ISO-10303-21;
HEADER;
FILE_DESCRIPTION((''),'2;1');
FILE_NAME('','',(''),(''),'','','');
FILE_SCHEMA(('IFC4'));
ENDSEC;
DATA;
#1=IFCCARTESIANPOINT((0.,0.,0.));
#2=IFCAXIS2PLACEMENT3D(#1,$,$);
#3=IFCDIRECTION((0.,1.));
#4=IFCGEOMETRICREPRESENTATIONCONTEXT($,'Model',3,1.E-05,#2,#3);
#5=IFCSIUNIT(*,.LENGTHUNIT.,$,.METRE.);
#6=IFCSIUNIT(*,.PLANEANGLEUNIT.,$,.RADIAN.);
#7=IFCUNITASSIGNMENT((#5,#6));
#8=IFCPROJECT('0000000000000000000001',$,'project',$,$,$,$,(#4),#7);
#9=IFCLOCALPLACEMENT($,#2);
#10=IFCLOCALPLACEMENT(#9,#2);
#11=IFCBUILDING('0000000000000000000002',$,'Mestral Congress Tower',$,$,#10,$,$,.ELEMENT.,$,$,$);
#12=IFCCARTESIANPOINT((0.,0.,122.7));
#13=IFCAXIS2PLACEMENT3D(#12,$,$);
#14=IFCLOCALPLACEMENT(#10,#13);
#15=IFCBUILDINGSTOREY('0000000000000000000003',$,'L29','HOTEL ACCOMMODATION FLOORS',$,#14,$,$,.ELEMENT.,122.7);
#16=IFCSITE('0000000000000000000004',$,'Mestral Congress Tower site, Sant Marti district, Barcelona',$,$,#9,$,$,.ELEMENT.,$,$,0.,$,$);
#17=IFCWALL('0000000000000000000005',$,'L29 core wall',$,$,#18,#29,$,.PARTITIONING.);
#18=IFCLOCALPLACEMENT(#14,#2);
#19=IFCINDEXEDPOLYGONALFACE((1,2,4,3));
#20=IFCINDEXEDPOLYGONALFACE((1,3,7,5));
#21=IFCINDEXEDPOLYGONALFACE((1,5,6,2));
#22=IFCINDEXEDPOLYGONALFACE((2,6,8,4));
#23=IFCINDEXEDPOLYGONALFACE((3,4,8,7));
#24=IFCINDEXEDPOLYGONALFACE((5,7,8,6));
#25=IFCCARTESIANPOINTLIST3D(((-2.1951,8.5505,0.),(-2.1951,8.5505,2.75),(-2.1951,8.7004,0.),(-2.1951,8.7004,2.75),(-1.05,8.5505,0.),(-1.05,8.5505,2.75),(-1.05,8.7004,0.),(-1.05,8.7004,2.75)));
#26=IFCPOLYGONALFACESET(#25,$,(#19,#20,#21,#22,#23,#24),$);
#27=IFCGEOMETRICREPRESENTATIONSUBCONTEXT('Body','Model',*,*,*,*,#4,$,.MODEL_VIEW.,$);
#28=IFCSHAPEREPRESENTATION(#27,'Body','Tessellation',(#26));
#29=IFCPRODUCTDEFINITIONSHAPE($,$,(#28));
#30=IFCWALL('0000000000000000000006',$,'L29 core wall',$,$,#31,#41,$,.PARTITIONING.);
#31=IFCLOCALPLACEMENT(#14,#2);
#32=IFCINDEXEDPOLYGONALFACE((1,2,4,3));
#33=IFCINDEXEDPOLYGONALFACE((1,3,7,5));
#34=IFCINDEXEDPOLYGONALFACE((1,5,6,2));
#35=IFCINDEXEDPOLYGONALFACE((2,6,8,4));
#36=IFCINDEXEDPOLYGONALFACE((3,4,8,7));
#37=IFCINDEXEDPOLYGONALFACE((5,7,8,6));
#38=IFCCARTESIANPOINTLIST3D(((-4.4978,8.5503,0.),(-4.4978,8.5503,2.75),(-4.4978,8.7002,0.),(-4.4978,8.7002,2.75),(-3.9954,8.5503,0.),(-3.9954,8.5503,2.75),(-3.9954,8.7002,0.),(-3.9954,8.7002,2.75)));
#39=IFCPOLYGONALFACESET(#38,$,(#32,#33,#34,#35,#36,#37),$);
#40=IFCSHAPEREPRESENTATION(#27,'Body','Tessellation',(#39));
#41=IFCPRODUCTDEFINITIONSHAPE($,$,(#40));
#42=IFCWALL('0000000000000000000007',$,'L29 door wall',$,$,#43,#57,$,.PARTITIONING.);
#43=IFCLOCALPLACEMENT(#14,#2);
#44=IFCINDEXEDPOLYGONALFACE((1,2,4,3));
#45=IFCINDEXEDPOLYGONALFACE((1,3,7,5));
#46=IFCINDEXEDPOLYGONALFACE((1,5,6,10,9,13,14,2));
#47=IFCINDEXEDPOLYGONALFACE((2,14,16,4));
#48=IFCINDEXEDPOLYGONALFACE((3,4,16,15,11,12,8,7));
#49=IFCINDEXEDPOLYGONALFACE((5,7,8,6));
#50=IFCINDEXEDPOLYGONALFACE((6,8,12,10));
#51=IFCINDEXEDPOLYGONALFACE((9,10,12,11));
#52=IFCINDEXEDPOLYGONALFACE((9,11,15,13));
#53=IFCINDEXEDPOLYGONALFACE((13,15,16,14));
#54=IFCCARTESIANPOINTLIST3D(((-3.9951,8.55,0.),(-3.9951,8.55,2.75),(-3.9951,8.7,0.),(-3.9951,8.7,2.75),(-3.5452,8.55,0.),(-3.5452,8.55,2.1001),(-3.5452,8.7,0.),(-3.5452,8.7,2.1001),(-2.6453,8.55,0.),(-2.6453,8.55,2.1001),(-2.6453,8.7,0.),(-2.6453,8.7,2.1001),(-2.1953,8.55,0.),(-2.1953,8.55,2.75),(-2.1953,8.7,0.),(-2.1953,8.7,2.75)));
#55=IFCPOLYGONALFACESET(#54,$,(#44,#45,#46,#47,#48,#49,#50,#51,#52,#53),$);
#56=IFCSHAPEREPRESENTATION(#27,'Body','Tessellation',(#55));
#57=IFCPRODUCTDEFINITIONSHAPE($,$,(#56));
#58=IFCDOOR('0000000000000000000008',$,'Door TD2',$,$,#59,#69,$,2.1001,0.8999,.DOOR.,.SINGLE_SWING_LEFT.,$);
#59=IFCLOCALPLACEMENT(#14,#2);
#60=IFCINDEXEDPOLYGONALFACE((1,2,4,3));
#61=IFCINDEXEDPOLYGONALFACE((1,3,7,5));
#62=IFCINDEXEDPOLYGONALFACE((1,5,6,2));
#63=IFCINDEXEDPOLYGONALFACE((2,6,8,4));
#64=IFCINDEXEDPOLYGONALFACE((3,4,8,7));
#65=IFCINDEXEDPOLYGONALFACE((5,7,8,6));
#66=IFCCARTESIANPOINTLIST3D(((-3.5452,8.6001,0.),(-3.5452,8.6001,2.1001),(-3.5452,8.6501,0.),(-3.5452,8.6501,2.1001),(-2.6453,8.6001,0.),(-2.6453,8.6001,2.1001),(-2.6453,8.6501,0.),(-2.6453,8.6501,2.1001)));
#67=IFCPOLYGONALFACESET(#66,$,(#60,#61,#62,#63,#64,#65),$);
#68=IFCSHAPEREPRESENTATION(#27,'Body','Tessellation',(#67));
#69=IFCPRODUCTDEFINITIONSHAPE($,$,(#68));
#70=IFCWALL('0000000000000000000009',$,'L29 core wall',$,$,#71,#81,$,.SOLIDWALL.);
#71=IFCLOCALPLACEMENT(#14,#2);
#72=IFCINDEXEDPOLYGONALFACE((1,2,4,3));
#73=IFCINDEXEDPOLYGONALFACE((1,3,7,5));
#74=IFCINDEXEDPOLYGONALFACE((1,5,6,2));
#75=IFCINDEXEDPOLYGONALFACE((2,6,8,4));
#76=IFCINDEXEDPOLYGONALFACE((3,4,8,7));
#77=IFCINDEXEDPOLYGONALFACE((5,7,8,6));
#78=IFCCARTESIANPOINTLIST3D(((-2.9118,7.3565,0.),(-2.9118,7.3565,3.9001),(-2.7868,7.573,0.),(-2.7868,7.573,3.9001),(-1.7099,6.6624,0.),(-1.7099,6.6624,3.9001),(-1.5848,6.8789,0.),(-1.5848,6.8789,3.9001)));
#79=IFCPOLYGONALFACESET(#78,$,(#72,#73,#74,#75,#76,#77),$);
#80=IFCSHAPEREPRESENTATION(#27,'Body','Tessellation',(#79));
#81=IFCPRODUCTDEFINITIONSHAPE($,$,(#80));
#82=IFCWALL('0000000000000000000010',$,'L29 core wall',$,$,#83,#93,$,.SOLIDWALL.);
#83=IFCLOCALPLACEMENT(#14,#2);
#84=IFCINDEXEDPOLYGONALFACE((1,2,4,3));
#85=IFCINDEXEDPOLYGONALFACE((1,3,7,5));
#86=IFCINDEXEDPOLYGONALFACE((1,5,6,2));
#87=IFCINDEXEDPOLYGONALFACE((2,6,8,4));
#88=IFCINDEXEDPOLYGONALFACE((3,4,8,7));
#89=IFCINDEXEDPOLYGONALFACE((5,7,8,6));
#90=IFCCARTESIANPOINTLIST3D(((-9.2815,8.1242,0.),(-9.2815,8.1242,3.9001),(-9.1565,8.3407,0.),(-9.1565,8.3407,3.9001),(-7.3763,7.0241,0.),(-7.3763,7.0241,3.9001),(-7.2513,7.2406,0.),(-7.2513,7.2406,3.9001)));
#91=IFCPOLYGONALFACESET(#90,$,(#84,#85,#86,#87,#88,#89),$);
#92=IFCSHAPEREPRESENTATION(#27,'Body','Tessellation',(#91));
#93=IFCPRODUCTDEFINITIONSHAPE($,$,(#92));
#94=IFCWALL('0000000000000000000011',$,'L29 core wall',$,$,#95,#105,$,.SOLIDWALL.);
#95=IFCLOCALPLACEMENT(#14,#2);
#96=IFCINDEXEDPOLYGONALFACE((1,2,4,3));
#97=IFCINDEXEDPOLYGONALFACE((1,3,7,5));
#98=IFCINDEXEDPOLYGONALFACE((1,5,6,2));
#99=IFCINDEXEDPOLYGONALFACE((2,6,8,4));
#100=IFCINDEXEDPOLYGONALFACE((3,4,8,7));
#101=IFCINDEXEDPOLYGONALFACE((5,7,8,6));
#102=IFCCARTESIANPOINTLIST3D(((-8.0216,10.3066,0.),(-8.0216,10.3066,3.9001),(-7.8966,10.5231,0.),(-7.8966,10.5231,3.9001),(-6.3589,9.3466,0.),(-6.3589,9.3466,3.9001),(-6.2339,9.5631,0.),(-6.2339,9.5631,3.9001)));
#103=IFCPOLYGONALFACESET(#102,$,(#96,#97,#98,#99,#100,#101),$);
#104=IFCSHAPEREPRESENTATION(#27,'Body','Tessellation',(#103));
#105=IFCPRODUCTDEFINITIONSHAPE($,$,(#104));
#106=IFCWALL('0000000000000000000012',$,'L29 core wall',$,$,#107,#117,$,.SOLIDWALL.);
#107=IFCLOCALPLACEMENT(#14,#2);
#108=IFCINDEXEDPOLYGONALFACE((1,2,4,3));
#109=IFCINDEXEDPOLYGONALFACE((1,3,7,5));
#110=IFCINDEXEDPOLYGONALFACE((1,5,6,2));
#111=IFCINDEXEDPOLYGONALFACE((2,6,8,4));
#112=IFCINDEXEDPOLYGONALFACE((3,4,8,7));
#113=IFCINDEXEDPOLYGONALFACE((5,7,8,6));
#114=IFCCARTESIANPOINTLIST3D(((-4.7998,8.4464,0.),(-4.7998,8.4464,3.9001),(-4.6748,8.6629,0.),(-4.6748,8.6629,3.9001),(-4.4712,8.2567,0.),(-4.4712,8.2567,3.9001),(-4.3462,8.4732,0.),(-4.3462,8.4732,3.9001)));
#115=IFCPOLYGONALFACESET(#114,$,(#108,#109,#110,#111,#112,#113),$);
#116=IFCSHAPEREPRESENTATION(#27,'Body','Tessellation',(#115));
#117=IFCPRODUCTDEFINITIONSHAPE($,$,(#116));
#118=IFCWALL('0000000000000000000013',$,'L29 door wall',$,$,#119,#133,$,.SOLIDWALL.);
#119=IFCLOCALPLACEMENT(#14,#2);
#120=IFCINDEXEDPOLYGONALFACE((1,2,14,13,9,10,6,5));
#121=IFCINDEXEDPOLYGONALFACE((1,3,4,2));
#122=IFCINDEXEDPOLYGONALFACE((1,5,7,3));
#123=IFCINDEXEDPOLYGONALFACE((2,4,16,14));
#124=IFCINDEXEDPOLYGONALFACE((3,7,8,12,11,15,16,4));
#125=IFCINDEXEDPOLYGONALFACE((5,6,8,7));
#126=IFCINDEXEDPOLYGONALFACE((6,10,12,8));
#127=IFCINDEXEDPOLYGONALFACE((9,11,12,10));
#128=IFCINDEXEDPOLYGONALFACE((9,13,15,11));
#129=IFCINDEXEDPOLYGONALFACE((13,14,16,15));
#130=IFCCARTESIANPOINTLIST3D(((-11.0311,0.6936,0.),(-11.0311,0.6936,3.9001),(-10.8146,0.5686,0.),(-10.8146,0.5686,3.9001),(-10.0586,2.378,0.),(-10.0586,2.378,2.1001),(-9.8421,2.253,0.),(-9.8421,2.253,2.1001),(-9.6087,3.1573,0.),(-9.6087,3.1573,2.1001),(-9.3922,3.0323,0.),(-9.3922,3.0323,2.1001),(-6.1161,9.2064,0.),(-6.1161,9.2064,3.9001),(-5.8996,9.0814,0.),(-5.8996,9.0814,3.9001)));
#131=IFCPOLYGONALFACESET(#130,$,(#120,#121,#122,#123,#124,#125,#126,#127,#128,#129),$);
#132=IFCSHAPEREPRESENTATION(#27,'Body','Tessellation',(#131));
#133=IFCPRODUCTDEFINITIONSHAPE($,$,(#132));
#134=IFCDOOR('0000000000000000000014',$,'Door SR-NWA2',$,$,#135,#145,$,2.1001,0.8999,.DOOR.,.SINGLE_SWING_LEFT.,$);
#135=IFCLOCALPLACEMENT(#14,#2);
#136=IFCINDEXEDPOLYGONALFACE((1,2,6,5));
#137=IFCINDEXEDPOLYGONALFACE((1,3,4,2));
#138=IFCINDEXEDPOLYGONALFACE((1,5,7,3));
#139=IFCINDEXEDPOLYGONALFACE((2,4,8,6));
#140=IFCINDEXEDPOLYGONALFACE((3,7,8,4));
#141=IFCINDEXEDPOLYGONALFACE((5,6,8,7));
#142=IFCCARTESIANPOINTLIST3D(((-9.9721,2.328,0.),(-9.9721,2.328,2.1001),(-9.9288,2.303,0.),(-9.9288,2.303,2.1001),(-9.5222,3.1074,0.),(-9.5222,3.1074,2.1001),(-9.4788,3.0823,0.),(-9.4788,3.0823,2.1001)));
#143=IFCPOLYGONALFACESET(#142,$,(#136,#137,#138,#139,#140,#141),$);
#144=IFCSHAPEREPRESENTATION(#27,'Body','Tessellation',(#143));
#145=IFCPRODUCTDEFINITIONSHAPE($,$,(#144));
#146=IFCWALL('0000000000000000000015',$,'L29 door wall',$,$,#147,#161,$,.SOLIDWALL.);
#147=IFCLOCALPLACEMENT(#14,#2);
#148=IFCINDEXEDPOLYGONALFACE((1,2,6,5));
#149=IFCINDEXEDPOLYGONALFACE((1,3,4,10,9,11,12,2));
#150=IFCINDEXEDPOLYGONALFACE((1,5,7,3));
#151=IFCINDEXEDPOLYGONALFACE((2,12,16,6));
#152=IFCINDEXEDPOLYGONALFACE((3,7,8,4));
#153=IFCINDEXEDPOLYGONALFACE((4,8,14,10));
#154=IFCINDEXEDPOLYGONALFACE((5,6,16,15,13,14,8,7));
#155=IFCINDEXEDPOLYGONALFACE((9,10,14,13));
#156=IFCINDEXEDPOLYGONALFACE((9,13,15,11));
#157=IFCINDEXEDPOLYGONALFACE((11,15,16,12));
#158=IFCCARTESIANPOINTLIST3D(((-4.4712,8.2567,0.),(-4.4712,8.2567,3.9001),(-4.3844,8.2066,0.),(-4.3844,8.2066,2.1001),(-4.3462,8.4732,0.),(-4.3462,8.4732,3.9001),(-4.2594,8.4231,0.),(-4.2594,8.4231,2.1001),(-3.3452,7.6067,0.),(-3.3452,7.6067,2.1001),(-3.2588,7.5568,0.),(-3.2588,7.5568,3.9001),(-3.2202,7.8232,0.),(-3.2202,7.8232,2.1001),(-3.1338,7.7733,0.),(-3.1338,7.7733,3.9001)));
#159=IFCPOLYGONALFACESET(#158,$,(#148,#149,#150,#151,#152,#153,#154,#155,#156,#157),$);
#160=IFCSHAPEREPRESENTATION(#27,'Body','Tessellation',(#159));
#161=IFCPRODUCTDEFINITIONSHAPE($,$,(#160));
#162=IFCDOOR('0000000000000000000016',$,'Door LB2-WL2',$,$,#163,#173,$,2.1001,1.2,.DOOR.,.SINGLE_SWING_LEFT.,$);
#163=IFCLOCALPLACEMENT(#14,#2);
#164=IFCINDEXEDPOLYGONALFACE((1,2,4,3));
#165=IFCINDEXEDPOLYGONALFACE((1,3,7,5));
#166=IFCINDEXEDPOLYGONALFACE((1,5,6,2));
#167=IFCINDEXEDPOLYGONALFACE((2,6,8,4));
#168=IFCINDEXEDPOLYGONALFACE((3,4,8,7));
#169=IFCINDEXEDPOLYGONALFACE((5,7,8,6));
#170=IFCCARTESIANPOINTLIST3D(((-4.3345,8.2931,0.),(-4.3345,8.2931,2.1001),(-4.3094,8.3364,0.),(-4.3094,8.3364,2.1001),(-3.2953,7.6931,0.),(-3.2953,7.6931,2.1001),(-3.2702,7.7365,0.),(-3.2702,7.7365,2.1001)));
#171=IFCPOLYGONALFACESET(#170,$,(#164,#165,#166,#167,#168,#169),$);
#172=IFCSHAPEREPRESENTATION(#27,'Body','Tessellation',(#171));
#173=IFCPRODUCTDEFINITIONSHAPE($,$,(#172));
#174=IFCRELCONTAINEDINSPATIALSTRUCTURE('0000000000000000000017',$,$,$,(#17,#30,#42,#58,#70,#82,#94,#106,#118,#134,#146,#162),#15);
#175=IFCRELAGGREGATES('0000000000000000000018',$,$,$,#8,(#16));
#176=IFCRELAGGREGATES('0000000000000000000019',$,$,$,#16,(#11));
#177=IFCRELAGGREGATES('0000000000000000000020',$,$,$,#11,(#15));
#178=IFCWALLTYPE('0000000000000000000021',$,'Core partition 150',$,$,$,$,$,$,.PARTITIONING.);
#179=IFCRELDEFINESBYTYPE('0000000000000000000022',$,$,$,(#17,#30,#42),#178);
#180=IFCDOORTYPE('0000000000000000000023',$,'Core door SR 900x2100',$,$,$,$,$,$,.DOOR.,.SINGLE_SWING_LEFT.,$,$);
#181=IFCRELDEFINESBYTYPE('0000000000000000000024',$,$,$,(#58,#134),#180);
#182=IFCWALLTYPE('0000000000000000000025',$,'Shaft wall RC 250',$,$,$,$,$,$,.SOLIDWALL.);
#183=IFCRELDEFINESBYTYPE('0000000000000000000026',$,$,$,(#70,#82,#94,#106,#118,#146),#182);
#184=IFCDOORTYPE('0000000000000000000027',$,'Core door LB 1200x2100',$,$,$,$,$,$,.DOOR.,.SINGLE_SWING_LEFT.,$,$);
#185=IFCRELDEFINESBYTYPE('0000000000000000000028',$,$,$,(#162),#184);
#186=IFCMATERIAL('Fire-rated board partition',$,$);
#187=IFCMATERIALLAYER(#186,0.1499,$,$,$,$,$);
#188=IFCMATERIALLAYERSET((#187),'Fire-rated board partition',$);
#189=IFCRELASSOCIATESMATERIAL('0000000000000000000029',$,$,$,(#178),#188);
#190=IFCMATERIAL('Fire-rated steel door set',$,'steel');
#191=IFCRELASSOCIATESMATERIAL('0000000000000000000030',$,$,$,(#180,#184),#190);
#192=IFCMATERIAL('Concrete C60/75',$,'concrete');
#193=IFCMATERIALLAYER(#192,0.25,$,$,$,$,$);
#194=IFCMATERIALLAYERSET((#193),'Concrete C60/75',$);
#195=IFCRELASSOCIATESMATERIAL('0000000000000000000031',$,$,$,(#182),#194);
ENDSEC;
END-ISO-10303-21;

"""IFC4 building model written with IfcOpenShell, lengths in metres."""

from ifc_helpers import new_model, si_unit, direction, frame, frame_2d, origin, place, context, subcontext, project, spatial, rectangle, extrude, material, layer, layer_set, type_object, element, fill, save


model = new_model("IFC4")

# Units and contexts
model_context = context("Model", 3, precision=1e-05, world=origin(), true_north=direction((0.0, 1.0)))
body_context = subcontext(model_context, "Body", "Model", "MODEL_VIEW")
ifc_project = project(units=[si_unit("LENGTHUNIT", "METRE"), si_unit("PLANEANGLEUNIT", "RADIAN")], contexts=[model_context])

# Site, building, storey
site_placement = place(None, origin())
site = spatial("IfcSite", under=ifc_project, at=site_placement, Name="Mestral Congress Tower site, Sant Marti district, Barcelona", CompositionType="ELEMENT", RefElevation=0.0)
building_placement = place(site_placement, origin())
building = spatial("IfcBuilding", under=site, at=building_placement, Name="Mestral Congress Tower", CompositionType="ELEMENT")
storey_placement = place(building_placement, frame((0.0, 0.0, 122.7)))
storey = spatial("IfcBuildingStorey", under=building, at=storey_placement, Name="L29", Description="HOTEL ACCOMMODATION FLOORS", CompositionType="ELEMENT", Elevation=122.7)

# Walls
ifc_material_1 = material(Name="Fire-rated board partition")
ifc_layer_1 = layer(ifc_material_1, 0.1499)
ifc_layer_set_1 = layer_set([ifc_layer_1], Name="Fire-rated board partition")
wall_type_1 = type_object("IfcWallType", Name="Core partition 150", PredefinedType="PARTITIONING", material=ifc_layer_set_1)
wall_1_placement = place(storey_placement, frame((-2.1951, 8.6255, 0.0), z_axis=(0.0, 0.0, 1.0), x_axis=(1.0, 0.0, 0.0)))
element("IfcWall", 1, at=wall_1_placement, inside=storey, type_object=wall_type_1, Name="L29 core wall", PredefinedType="PARTITIONING", context=body_context, shape_type="SweptSolid", body=[
    extrude(rectangle(XDim=1.145, YDim=0.1499, at=frame_2d((0.5725, 0.0))), origin(), (0.0, 0.0, 1.0), 2.75),
])
wall_2_placement = place(storey_placement, frame((-4.4978, 8.6252, 0.0), z_axis=(0.0, 0.0, 1.0), x_axis=(1.0, 0.0, 0.0)))
element("IfcWall", 2, at=wall_2_placement, inside=storey, type_object=wall_type_1, Name="L29 core wall", PredefinedType="PARTITIONING", context=body_context, shape_type="SweptSolid", body=[
    extrude(rectangle(XDim=0.5024, YDim=0.1499, at=frame_2d((0.2512, 0.0))), origin(), (0.0, 0.0, 1.0), 2.75),
])

# Wall, opening, door
wall_3_placement = place(storey_placement, frame((-2.1953, 8.625, 0.0), z_axis=(0.0, 0.0, 1.0), x_axis=(-1.0, 0.0, 0.0)))
wall_3 = element("IfcWall", 3, at=wall_3_placement, inside=storey, type_object=wall_type_1, Name="L29 door wall", PredefinedType="PARTITIONING", context=body_context, shape_type="SweptSolid", body=[
    extrude(rectangle(XDim=1.7998, YDim=0.1499, at=frame_2d((0.8999, 0.0))), origin(), (0.0, 0.0, 1.0), 2.75),
])
opening_1_placement = place(wall_3_placement, frame((0.45, 0.0, 0.0)))
opening_1 = element("IfcOpeningElement", 4, at=opening_1_placement, cuts=wall_3, PredefinedType="OPENING", context=body_context, shape_type="SweptSolid", body=[
    extrude(rectangle(XDim=0.8999, YDim=2.1001, at=frame_2d((0.45, 1.05))), frame((0.0, 0.085, 0.0), z_axis=(0.0, -1.0, 0.0), x_axis=(1.0, 0.0, 0.0)), (0.0, 0.0, 1.0), 0.1699),
])
ifc_material_2 = material(Name="Fire-rated steel door set", Category="steel")
door_type_1 = type_object("IfcDoorType", Name="Core door SR 900x2100", OperationType="SINGLE_SWING_LEFT", PredefinedType="DOOR", material=ifc_material_2)
door_1_placement = place(opening_1_placement, origin())
door_1 = element("IfcDoor", 5, at=door_1_placement, inside=storey, type_object=door_type_1, Name="Door TD2", OperationType="SINGLE_SWING_LEFT", OverallHeight=2.1001, OverallWidth=0.8999, PredefinedType="DOOR", context=body_context, shape_type="SweptSolid", body=[
    extrude(rectangle(XDim=0.8999, YDim=2.1001, at=frame_2d((0.45, 1.05))), frame((0.0, 0.0249, 0.0), z_axis=(0.0, -1.0, 0.0), x_axis=(1.0, 0.0, 0.0)), (0.0, 0.0, 1.0), 0.05),
])
fill(opening_1, door_1)

# Walls
ifc_material_3 = material(Name="Concrete C60/75", Category="concrete")
ifc_layer_2 = layer(ifc_material_3, 0.25)
ifc_layer_set_2 = layer_set([ifc_layer_2], Name="Concrete C60/75")
wall_type_2 = type_object("IfcWallType", Name="Shaft wall RC 250", PredefinedType="SOLIDWALL", material=ifc_layer_set_2)
wall_4_placement = place(storey_placement, frame((-1.6475, 6.7708, 0.0), z_axis=(0.0, 0.0, 1.0), x_axis=(-0.865972, 0.500093, 0.0)))
element("IfcWall", 6, at=wall_4_placement, inside=storey, type_object=wall_type_2, Name="L29 core wall", PredefinedType="SOLIDWALL", context=body_context, shape_type="SweptSolid", body=[
    extrude(rectangle(XDim=1.3879, YDim=0.25, at=frame_2d((0.6938, 0.0))), origin(), (0.0, 0.0, 1.0), 3.9001),
])
wall_5_placement = place(storey_placement, frame((-7.3137, 7.1323, 0.0), z_axis=(0.0, 0.0, 1.0), x_axis=(-0.866008, 0.50003, 0.0)))
element("IfcWall", 7, at=wall_5_placement, inside=storey, type_object=wall_type_2, Name="L29 core wall", PredefinedType="SOLIDWALL", context=body_context, shape_type="SweptSolid", body=[
    extrude(rectangle(XDim=2.2, YDim=0.25, at=frame_2d((1.1001, 0.0))), origin(), (0.0, 0.0, 1.0), 3.9001),
])
wall_6_placement = place(storey_placement, frame((-6.2964, 9.4548, 0.0), z_axis=(0.0, 0.0, 1.0), x_axis=(-0.866012, 0.500023, 0.0)))
element("IfcWall", 8, at=wall_6_placement, inside=storey, type_object=wall_type_2, Name="L29 core wall", PredefinedType="SOLIDWALL", context=body_context, shape_type="SweptSolid", body=[
    extrude(rectangle(XDim=1.9199, YDim=0.25, at=frame_2d((0.96, 0.0))), origin(), (0.0, 0.0, 1.0), 3.9001),
])
wall_7_placement = place(storey_placement, frame((-4.4087, 8.365, 0.0), z_axis=(0.0, 0.0, 1.0), x_axis=(-0.866057, 0.499945, 0.0)))
element("IfcWall", 9, at=wall_7_placement, inside=storey, type_object=wall_type_2, Name="L29 core wall", PredefinedType="SOLIDWALL", context=body_context, shape_type="SweptSolid", body=[
    extrude(rectangle(XDim=0.3794, YDim=0.25, at=frame_2d((0.1897, 0.0))), origin(), (0.0, 0.0, 1.0), 3.9001),
])

# Walls, openings, doors
wall_8_placement = place(storey_placement, frame((-6.0078, 9.144, 0.0), z_axis=(0.0, 0.0, 1.0), x_axis=(-0.500007, -0.866021, 0.0)))
wall_8 = element("IfcWall", 10, at=wall_8_placement, inside=storey, type_object=wall_type_2, Name="L29 door wall", PredefinedType="SOLIDWALL", context=body_context, shape_type="SweptSolid", body=[
    extrude(rectangle(XDim=9.8298, YDim=0.25, at=frame_2d((4.915, 0.0))), origin(), (0.0, 0.0, 1.0), 3.9001),
])
opening_2_placement = place(wall_8_placement, frame((6.9851, 0.0, 0.0)))
opening_2 = element("IfcOpeningElement", 11, at=opening_2_placement, cuts=wall_8, PredefinedType="OPENING", context=body_context, shape_type="SweptSolid", body=[
    extrude(rectangle(XDim=0.8999, YDim=2.1001, at=frame_2d((0.45, 1.05))), frame((0.0, 0.135, 0.0), z_axis=(0.0, -1.0, 0.0), x_axis=(1.0, 0.0, 0.0)), (0.0, 0.0, 1.0), 0.27),
])
door_2_placement = place(opening_2_placement, origin())
door_2 = element("IfcDoor", 12, at=door_2_placement, inside=storey, type_object=door_type_1, Name="Door SR-NWA2", OperationType="SINGLE_SWING_LEFT", OverallHeight=2.1001, OverallWidth=0.8999, PredefinedType="DOOR", context=body_context, shape_type="SweptSolid", body=[
    extrude(rectangle(XDim=0.8999, YDim=2.1001, at=frame_2d((0.45, 1.05))), frame((0.0, 0.0249, 0.0), z_axis=(0.0, -1.0, 0.0), x_axis=(1.0, 0.0, 0.0)), (0.0, 0.0, 1.0), 0.05),
])
fill(opening_2, door_2)
wall_9_placement = place(storey_placement, frame((-4.4087, 8.365, 0.0), z_axis=(0.0, 0.0, 1.0), x_axis=(0.866035, -0.499984, 0.0)))
wall_9 = element("IfcWall", 13, at=wall_9_placement, inside=storey, type_object=wall_type_2, Name="L29 door wall", PredefinedType="SOLIDWALL", context=body_context, shape_type="SweptSolid", body=[
    extrude(rectangle(XDim=1.3999, YDim=0.25, at=frame_2d((0.7, 0.0))), origin(), (0.0, 0.0, 1.0), 3.9001),
])
opening_3_placement = place(wall_9_placement, frame((0.1001, 0.0, 0.0)))
opening_3 = element("IfcOpeningElement", 14, at=opening_3_placement, cuts=wall_9, PredefinedType="OPENING", context=body_context, shape_type="SweptSolid", body=[
    extrude(rectangle(XDim=1.2, YDim=2.1001, at=frame_2d((0.6001, 1.05))), frame((0.0, 0.135, 0.0), z_axis=(0.0, -1.0, 0.0), x_axis=(1.0, 0.0, 0.0)), (0.0, 0.0, 1.0), 0.27),
])
door_type_2 = type_object("IfcDoorType", Name="Core door LB 1200x2100", OperationType="SINGLE_SWING_LEFT", PredefinedType="DOOR", material=ifc_material_2)
door_3_placement = place(opening_3_placement, origin())
door_3 = element("IfcDoor", 15, at=door_3_placement, inside=storey, type_object=door_type_2, Name="Door LB2-WL2", OperationType="SINGLE_SWING_LEFT", OverallHeight=2.1001, OverallWidth=1.2, PredefinedType="DOOR", context=body_context, shape_type="SweptSolid", body=[
    extrude(rectangle(XDim=1.2, YDim=2.1001, at=frame_2d((0.6001, 1.05))), frame((0.0, 0.0249, 0.0), z_axis=(0.0, -1.0, 0.0), x_axis=(1.0, 0.0, 0.0)), (0.0, 0.0, 1.0), 0.05),
])
fill(opening_3, door_3)

save(model, "model.ifc")
